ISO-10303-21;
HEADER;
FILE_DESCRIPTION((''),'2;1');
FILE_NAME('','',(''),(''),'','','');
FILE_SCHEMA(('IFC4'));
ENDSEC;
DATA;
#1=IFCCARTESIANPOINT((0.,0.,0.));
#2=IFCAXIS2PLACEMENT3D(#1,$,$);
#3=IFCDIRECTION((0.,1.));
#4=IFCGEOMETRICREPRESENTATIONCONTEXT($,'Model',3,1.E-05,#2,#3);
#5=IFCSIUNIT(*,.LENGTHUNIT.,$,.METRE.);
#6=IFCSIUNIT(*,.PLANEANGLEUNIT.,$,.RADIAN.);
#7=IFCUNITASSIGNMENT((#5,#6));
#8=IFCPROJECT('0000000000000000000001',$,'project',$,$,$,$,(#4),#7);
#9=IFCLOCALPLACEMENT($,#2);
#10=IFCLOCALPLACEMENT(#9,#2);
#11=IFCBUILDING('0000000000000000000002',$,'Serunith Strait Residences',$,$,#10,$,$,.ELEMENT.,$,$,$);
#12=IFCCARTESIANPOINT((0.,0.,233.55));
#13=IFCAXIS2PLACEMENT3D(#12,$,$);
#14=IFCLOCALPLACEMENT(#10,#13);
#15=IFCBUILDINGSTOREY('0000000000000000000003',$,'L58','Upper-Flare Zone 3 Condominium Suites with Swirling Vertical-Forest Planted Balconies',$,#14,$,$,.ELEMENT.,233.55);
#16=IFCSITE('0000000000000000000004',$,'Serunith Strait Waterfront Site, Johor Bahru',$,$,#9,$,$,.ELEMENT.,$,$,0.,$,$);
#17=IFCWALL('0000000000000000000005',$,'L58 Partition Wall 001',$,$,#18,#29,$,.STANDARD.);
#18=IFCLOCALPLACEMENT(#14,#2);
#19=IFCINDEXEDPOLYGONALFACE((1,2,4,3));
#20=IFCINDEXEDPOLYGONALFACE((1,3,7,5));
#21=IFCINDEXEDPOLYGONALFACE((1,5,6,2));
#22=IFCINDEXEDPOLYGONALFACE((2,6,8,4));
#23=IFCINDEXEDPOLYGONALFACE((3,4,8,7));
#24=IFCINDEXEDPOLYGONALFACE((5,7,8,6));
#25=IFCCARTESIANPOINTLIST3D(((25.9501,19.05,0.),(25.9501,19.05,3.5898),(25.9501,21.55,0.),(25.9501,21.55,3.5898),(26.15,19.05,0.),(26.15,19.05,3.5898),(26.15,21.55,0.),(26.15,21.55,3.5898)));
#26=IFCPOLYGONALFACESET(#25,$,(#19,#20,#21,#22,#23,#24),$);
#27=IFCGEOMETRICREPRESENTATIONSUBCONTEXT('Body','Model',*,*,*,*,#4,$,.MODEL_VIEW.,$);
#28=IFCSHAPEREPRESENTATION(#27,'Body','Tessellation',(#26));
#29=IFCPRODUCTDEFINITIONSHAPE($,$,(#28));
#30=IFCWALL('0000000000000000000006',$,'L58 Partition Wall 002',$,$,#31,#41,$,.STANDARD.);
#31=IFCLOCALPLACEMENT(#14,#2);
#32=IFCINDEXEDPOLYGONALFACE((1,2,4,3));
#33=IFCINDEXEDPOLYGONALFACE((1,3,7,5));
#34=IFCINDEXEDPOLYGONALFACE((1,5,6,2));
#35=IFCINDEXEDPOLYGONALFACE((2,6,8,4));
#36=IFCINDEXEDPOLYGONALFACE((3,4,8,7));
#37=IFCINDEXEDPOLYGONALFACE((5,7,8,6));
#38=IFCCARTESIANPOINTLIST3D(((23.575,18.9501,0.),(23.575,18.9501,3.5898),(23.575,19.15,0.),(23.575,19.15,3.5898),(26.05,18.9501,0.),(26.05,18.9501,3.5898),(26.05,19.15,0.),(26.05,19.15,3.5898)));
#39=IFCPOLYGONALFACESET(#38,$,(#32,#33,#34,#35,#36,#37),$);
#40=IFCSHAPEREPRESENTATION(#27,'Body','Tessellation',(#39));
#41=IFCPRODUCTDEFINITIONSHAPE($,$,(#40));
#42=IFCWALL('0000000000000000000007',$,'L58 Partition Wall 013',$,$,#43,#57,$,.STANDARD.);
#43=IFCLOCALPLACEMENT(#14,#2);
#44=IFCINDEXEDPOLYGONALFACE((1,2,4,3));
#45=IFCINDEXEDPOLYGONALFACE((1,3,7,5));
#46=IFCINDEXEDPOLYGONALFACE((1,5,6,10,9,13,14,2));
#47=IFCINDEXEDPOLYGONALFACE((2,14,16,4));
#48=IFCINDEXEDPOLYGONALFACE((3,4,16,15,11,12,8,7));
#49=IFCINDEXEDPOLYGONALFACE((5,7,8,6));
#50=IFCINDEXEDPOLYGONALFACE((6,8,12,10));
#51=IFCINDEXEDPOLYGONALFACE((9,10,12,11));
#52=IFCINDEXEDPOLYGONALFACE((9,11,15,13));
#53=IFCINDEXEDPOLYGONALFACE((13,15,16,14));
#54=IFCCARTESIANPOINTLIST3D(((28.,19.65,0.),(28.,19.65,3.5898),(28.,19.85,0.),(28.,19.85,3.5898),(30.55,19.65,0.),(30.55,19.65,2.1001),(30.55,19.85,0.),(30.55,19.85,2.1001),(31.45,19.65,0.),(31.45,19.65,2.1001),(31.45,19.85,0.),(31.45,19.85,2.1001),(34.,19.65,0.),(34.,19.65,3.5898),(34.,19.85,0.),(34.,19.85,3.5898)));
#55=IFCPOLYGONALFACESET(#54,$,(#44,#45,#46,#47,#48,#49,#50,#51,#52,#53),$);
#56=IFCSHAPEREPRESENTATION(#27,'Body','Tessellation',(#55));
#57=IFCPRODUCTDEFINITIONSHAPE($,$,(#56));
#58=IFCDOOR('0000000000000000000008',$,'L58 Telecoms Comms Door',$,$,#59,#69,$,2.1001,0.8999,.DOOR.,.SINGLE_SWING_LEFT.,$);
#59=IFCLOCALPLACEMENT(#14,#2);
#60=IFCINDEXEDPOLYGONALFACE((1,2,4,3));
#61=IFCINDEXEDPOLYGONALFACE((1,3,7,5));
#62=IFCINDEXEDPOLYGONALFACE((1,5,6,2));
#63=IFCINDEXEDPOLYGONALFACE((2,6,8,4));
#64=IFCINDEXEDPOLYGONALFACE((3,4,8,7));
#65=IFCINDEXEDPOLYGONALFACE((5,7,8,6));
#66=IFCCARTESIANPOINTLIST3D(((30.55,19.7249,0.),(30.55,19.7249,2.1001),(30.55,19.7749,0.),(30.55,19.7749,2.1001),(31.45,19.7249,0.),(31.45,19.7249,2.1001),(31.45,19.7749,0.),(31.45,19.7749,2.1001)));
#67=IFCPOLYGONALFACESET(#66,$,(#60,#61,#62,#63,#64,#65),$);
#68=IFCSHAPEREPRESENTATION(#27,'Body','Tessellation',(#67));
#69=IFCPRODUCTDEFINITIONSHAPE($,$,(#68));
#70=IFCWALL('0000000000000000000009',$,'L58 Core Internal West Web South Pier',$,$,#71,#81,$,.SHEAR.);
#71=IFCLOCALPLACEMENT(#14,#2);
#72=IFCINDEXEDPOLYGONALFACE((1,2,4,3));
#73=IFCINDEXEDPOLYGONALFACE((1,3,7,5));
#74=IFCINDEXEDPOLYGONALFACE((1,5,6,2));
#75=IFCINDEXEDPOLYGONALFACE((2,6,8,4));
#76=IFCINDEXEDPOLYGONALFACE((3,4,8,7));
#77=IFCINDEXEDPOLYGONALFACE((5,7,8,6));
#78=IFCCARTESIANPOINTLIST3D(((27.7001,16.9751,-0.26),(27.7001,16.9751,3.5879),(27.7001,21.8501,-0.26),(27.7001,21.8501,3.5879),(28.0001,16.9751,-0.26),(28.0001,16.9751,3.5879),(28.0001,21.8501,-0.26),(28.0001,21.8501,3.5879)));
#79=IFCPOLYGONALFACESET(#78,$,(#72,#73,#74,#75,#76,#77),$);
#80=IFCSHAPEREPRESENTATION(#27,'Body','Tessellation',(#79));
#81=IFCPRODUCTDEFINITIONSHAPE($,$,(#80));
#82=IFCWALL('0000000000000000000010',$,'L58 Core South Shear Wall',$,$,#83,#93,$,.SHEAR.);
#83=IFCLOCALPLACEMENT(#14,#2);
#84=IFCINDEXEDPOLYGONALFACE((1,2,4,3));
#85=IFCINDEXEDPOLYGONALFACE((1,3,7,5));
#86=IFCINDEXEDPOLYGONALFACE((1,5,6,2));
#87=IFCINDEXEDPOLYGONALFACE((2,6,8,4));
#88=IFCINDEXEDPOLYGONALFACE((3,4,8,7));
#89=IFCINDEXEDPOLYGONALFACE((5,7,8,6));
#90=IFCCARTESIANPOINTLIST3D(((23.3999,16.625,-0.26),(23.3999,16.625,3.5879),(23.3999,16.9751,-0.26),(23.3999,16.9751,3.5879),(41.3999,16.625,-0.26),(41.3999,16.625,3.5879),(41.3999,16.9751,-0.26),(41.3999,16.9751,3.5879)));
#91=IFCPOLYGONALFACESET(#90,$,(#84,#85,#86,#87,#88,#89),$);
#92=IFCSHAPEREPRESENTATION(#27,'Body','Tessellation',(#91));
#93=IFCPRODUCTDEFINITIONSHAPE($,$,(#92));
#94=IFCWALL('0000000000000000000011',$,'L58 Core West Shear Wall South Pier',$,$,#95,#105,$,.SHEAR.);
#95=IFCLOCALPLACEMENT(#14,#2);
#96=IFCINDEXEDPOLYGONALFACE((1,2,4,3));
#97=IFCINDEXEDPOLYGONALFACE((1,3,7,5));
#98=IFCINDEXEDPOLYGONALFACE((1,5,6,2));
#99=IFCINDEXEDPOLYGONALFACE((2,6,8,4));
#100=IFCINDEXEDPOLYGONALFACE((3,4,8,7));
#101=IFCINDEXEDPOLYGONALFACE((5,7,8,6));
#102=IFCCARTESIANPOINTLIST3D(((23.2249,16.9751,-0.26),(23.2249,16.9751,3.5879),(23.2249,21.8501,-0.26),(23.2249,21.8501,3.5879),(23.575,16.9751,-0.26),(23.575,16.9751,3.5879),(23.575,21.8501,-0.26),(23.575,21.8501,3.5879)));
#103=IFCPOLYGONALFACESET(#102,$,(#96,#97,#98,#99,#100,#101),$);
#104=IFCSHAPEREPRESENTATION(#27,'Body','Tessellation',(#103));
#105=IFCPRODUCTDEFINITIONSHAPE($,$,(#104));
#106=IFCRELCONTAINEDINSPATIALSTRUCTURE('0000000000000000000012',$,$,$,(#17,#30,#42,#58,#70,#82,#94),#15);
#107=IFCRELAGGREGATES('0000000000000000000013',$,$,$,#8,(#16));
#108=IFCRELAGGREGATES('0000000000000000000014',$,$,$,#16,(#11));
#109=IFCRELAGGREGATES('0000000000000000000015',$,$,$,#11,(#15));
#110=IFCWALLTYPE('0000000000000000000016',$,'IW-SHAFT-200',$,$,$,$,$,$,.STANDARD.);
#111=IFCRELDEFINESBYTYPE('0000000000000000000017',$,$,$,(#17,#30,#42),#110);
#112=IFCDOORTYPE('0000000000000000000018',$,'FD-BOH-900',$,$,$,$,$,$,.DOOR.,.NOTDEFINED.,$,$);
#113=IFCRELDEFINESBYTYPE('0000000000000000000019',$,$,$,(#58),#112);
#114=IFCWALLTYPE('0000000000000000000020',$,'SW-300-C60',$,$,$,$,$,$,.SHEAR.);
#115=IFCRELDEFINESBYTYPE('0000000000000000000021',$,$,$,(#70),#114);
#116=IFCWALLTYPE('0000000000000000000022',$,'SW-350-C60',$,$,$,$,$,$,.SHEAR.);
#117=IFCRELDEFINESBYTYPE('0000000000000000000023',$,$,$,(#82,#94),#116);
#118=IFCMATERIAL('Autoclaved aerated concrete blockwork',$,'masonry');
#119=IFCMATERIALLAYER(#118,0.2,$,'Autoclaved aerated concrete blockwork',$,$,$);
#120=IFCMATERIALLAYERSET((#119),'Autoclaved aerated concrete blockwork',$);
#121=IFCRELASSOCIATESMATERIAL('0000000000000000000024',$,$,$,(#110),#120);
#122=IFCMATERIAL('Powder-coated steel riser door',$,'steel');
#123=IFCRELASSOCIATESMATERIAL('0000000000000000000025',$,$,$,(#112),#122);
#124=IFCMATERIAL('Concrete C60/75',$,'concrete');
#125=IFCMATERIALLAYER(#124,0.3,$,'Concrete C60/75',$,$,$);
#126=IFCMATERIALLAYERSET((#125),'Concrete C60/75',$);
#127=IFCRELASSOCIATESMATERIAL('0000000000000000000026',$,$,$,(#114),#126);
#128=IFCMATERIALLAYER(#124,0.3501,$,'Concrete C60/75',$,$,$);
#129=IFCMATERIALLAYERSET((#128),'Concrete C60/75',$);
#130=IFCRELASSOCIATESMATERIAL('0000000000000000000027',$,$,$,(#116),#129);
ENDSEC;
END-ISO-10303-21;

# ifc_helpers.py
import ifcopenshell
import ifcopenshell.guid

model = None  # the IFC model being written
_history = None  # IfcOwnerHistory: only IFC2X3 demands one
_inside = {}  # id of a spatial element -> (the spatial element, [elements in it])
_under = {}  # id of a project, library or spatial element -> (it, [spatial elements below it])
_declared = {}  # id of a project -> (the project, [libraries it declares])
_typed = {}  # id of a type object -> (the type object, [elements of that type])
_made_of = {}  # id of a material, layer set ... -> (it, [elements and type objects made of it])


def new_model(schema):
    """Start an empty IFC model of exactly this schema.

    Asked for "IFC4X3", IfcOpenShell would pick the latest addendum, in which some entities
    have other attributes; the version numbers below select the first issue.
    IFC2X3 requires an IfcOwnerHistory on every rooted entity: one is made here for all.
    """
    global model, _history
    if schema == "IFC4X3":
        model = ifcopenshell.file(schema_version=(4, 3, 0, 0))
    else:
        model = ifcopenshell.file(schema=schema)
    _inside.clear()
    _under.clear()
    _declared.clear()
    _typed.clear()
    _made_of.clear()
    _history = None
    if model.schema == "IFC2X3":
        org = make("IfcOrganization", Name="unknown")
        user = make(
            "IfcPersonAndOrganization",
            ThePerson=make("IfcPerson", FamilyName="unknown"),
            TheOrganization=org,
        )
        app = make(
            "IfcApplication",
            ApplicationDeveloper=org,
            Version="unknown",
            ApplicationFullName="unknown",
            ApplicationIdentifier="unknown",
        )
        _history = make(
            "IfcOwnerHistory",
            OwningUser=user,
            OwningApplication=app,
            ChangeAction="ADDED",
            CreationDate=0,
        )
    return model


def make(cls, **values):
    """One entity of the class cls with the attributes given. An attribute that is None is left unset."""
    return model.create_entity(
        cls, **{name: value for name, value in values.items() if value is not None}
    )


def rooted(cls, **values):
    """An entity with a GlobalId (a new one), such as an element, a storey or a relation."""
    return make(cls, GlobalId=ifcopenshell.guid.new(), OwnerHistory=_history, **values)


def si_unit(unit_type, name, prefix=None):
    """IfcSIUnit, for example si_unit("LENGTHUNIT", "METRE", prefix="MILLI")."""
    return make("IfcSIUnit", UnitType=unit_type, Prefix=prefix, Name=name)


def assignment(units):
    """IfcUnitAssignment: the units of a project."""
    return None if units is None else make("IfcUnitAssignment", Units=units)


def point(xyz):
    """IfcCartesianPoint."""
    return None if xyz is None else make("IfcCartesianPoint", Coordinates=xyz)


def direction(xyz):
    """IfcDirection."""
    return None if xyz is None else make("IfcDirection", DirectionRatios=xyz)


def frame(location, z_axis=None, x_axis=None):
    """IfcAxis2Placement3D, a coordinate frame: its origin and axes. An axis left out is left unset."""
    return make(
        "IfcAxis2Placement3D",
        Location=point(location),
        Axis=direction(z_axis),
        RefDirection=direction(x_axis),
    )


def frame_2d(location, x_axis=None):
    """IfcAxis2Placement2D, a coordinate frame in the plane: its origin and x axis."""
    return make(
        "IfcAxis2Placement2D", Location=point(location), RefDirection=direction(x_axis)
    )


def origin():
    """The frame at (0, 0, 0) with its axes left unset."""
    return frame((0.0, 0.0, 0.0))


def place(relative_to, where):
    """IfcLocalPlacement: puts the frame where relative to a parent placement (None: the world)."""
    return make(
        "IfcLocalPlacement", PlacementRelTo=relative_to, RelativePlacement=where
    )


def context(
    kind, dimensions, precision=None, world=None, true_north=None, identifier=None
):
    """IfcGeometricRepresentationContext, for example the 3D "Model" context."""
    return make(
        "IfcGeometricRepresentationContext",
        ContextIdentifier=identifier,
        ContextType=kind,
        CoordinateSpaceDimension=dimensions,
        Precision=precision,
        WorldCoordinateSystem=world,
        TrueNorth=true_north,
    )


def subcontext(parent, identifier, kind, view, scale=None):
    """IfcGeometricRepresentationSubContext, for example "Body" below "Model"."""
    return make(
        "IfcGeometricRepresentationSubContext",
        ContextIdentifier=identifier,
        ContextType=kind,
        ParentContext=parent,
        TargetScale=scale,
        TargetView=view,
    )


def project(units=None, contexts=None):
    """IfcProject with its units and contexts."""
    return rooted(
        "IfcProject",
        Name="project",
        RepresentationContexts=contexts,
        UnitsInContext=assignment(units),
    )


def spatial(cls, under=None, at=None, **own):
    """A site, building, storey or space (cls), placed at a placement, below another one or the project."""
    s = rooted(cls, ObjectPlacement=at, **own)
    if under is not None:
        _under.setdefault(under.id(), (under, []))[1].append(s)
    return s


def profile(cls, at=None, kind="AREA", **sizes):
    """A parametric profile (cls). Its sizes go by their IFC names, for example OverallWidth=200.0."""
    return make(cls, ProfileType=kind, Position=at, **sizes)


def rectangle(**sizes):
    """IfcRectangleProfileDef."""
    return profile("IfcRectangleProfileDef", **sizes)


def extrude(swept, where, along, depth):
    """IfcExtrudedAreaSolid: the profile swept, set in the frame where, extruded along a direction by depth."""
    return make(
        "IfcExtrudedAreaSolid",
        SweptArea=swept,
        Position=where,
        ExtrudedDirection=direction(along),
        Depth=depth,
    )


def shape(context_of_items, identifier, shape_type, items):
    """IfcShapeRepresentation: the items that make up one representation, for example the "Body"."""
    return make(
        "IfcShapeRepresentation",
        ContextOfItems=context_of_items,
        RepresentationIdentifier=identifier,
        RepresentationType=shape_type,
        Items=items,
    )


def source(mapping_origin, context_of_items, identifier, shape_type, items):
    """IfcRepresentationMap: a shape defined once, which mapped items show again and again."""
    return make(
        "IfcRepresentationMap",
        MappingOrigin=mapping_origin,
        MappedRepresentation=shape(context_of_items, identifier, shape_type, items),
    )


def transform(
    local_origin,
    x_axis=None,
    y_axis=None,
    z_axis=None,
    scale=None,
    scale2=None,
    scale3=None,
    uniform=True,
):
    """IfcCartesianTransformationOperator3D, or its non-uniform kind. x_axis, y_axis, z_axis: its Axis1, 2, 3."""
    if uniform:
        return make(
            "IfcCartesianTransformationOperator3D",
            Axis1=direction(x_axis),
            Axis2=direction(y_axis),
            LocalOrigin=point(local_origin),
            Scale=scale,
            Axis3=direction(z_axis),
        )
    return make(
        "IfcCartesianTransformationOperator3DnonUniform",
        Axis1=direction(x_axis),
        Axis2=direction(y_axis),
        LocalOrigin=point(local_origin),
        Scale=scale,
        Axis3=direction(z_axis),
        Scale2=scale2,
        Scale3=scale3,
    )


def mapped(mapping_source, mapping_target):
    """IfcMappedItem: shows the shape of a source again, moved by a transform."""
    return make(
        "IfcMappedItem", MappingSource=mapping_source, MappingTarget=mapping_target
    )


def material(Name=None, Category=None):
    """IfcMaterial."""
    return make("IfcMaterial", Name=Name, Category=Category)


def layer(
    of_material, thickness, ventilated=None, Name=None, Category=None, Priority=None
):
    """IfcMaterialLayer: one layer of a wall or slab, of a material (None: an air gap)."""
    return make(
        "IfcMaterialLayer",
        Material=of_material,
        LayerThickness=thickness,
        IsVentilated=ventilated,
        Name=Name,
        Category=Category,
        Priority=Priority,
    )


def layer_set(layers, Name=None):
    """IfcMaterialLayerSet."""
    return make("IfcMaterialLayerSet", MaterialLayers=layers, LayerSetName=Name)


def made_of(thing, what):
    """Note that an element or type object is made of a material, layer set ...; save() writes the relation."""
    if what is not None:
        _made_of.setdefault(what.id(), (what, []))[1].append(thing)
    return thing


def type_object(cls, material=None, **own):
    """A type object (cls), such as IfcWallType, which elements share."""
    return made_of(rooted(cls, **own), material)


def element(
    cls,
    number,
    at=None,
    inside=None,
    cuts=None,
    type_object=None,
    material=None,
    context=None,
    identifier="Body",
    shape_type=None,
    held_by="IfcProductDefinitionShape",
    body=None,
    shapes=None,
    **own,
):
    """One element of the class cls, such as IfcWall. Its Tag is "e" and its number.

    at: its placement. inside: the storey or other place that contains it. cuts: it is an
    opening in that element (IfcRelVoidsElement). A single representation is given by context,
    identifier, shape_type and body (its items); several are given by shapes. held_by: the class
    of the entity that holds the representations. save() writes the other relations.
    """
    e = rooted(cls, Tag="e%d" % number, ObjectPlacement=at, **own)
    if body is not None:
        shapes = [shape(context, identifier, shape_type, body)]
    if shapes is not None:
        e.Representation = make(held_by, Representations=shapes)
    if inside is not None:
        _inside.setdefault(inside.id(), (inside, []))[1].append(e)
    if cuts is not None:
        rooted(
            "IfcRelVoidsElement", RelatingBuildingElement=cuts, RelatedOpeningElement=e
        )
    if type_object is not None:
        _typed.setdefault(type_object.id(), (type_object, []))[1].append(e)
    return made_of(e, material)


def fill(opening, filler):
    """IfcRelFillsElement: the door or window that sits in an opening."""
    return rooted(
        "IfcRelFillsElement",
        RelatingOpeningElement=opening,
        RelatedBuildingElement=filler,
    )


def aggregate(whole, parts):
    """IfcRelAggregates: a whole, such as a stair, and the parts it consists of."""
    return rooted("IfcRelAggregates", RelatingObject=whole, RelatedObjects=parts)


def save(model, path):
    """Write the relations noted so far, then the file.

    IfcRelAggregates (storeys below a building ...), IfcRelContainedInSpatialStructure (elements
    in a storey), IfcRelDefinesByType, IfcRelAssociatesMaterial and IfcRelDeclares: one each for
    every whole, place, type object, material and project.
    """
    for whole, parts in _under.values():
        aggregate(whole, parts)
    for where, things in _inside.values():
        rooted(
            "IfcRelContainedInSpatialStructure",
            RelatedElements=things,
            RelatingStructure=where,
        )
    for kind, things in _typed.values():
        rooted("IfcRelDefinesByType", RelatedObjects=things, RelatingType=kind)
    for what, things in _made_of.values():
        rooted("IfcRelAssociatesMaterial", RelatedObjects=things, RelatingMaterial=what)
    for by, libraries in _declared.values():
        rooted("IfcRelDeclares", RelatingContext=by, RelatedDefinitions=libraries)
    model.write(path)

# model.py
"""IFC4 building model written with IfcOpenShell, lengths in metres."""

from ifc_helpers import new_model, si_unit, direction, frame, frame_2d, origin, place, context, subcontext, project, spatial, rectangle, extrude, source, transform, mapped, material, layer, layer_set, type_object, element, fill, save


model = new_model("IFC4")

# Units and contexts
model_context = context("Model", 3, precision=1e-05, world=origin(), true_north=direction((0.0, 1.0)))
body_context = subcontext(model_context, "Body", "Model", "MODEL_VIEW")
ifc_project = project(units=[si_unit("LENGTHUNIT", "METRE"), si_unit("PLANEANGLEUNIT", "RADIAN")], contexts=[model_context])

# Site, building, storey
site_placement = place(None, origin())
site = spatial("IfcSite", under=ifc_project, at=site_placement, Name="Serunith Strait Waterfront Site, Johor Bahru", CompositionType="ELEMENT", RefElevation=0.0)
building_placement = place(site_placement, origin())
building = spatial("IfcBuilding", under=site, at=building_placement, Name="Serunith Strait Residences", CompositionType="ELEMENT")
storey_placement = place(building_placement, frame((0.0, 0.0, 233.55)))
storey = spatial("IfcBuildingStorey", under=building, at=storey_placement, Name="L58", Description="Upper-Flare Zone 3 Condominium Suites with Swirling Vertical-Forest Planted Balconies", CompositionType="ELEMENT", Elevation=233.55)

# Walls
ifc_material_1 = material(Name="Autoclaved aerated concrete blockwork", Category="masonry")
ifc_layer_1 = layer(ifc_material_1, 0.2, Name="Autoclaved aerated concrete blockwork")
ifc_layer_set_1 = layer_set([ifc_layer_1], Name="Autoclaved aerated concrete blockwork")
wall_type_1 = type_object("IfcWallType", Name="IW-SHAFT-200", PredefinedType="STANDARD", material=ifc_layer_set_1)
wall_1_placement = place(storey_placement, frame((26.05, 19.05, 0.0), z_axis=(0.0, 0.0, 1.0), x_axis=(0.0, 1.0, 0.0)))
element("IfcWall", 1, at=wall_1_placement, inside=storey, type_object=wall_type_1, Name="L58 Partition Wall 001", PredefinedType="STANDARD", context=body_context, shape_type="SweptSolid", body=[
    extrude(rectangle(XDim=2.5, YDim=0.2, at=frame_2d((1.25, 0.0))), origin(), (0.0, 0.0, 1.0), 3.5898),
])
wall_2_placement = place(storey_placement, frame((23.575, 19.05, 0.0), z_axis=(0.0, 0.0, 1.0), x_axis=(1.0, 0.0, 0.0)))
element("IfcWall", 2, at=wall_2_placement, inside=storey, type_object=wall_type_1, Name="L58 Partition Wall 002", PredefinedType="STANDARD", context=body_context, shape_type="SweptSolid", body=[
    extrude(rectangle(XDim=2.4751, YDim=0.2, at=frame_2d((1.2375, 0.0))), origin(), (0.0, 0.0, 1.0), 3.5898),
])

# Wall, opening, door
wall_3_placement = place(storey_placement, frame((28.0, 19.75, 0.0), z_axis=(0.0, 0.0, 1.0), x_axis=(1.0, 0.0, 0.0)))
wall_3 = element("IfcWall", 3, at=wall_3_placement, inside=storey, type_object=wall_type_1, Name="L58 Partition Wall 013", PredefinedType="STANDARD", context=body_context, shape_type="SweptSolid", body=[
    extrude(rectangle(XDim=6.0, YDim=0.2, at=frame_2d((3.0, 0.0))), origin(), (0.0, 0.0, 1.0), 3.5898),
])
opening_1_placement = place(wall_3_placement, frame((2.55, 0.0, 0.0)))
opening_1 = element("IfcOpeningElement", 4, at=opening_1_placement, cuts=wall_3, PredefinedType="OPENING", context=body_context, shape_type="SweptSolid", body=[
    extrude(rectangle(XDim=0.8999, YDim=2.1001, at=frame_2d((0.45, 1.05))), frame((0.0, 0.1099, 0.0), z_axis=(0.0, -1.0, 0.0), x_axis=(1.0, 0.0, 0.0)), (0.0, 0.0, 1.0), 0.22),
])
ifc_material_2 = material(Name="Powder-coated steel riser door", Category="steel")
door_type_1 = type_object("IfcDoorType", Name="FD-BOH-900", OperationType="NOTDEFINED", PredefinedType="DOOR", material=ifc_material_2)
shared_shape_1 = source(origin(), body_context, "Body", "SweptSolid", [
    extrude(rectangle(XDim=0.8999, YDim=2.1001, at=frame_2d((0.45, 1.05))), frame((0.0, 0.0249, 0.0), z_axis=(0.0, -1.0, 0.0), x_axis=(1.0, 0.0, 0.0)), (0.0, 0.0, 1.0), 0.05),
])
door_1_placement = place(opening_1_placement, origin())
door_1 = element("IfcDoor", 5, at=door_1_placement, inside=storey, type_object=door_type_1, Name="L58 Telecoms Comms Door", OperationType="SINGLE_SWING_LEFT", OverallHeight=2.1001, OverallWidth=0.8999, PredefinedType="DOOR", context=body_context, shape_type="MappedRepresentation", body=[
    mapped(shared_shape_1, transform((0.0, 0.0, 0.0), scale=1.0)),
])
fill(opening_1, door_1)

# Walls
ifc_material_3 = material(Name="Concrete C60/75", Category="concrete")
ifc_layer_2 = layer(ifc_material_3, 0.3, Name="Concrete C60/75")
ifc_layer_set_2 = layer_set([ifc_layer_2], Name="Concrete C60/75")
wall_type_2 = type_object("IfcWallType", Name="SW-300-C60", PredefinedType="SHEAR", material=ifc_layer_set_2)
wall_4_placement = place(storey_placement, frame((27.8501, 16.9751, -0.26), z_axis=(0.0, 0.0, 1.0), x_axis=(0.0, 1.0, 0.0)))
element("IfcWall", 6, at=wall_4_placement, inside=storey, type_object=wall_type_2, Name="L58 Core Internal West Web South Pier", PredefinedType="SHEAR", context=body_context, shape_type="SweptSolid", body=[
    extrude(rectangle(XDim=4.875, YDim=0.3, at=frame_2d((2.4375, 0.0))), origin(), (0.0, 0.0, 1.0), 3.8479),
])
ifc_layer_3 = layer(ifc_material_3, 0.3501, Name="Concrete C60/75")
ifc_layer_set_3 = layer_set([ifc_layer_3], Name="Concrete C60/75")
wall_type_3 = type_object("IfcWallType", Name="SW-350-C60", PredefinedType="SHEAR", material=ifc_layer_set_3)
wall_5_placement = place(storey_placement, frame((23.3999, 16.8, -0.26), z_axis=(0.0, 0.0, 1.0), x_axis=(1.0, 0.0, 0.0)))
element("IfcWall", 7, at=wall_5_placement, inside=storey, type_object=wall_type_3, Name="L58 Core South Shear Wall", PredefinedType="SHEAR", context=body_context, shape_type="SweptSolid", body=[
    extrude(rectangle(XDim=18.0, YDim=0.3501, at=frame_2d((9.0, 0.0))), origin(), (0.0, 0.0, 1.0), 3.8479),
])
wall_6_placement = place(storey_placement, frame((23.3999, 16.9751, -0.26), z_axis=(0.0, 0.0, 1.0), x_axis=(0.0, 1.0, 0.0)))
element("IfcWall", 8, at=wall_6_placement, inside=storey, type_object=wall_type_3, Name="L58 Core West Shear Wall South Pier", PredefinedType="SHEAR", context=body_context, shape_type="SweptSolid", body=[
    extrude(rectangle(XDim=4.875, YDim=0.3501, at=frame_2d((2.4375, 0.0))), origin(), (0.0, 0.0, 1.0), 3.8479),
])

save(model, "model.ifc")
